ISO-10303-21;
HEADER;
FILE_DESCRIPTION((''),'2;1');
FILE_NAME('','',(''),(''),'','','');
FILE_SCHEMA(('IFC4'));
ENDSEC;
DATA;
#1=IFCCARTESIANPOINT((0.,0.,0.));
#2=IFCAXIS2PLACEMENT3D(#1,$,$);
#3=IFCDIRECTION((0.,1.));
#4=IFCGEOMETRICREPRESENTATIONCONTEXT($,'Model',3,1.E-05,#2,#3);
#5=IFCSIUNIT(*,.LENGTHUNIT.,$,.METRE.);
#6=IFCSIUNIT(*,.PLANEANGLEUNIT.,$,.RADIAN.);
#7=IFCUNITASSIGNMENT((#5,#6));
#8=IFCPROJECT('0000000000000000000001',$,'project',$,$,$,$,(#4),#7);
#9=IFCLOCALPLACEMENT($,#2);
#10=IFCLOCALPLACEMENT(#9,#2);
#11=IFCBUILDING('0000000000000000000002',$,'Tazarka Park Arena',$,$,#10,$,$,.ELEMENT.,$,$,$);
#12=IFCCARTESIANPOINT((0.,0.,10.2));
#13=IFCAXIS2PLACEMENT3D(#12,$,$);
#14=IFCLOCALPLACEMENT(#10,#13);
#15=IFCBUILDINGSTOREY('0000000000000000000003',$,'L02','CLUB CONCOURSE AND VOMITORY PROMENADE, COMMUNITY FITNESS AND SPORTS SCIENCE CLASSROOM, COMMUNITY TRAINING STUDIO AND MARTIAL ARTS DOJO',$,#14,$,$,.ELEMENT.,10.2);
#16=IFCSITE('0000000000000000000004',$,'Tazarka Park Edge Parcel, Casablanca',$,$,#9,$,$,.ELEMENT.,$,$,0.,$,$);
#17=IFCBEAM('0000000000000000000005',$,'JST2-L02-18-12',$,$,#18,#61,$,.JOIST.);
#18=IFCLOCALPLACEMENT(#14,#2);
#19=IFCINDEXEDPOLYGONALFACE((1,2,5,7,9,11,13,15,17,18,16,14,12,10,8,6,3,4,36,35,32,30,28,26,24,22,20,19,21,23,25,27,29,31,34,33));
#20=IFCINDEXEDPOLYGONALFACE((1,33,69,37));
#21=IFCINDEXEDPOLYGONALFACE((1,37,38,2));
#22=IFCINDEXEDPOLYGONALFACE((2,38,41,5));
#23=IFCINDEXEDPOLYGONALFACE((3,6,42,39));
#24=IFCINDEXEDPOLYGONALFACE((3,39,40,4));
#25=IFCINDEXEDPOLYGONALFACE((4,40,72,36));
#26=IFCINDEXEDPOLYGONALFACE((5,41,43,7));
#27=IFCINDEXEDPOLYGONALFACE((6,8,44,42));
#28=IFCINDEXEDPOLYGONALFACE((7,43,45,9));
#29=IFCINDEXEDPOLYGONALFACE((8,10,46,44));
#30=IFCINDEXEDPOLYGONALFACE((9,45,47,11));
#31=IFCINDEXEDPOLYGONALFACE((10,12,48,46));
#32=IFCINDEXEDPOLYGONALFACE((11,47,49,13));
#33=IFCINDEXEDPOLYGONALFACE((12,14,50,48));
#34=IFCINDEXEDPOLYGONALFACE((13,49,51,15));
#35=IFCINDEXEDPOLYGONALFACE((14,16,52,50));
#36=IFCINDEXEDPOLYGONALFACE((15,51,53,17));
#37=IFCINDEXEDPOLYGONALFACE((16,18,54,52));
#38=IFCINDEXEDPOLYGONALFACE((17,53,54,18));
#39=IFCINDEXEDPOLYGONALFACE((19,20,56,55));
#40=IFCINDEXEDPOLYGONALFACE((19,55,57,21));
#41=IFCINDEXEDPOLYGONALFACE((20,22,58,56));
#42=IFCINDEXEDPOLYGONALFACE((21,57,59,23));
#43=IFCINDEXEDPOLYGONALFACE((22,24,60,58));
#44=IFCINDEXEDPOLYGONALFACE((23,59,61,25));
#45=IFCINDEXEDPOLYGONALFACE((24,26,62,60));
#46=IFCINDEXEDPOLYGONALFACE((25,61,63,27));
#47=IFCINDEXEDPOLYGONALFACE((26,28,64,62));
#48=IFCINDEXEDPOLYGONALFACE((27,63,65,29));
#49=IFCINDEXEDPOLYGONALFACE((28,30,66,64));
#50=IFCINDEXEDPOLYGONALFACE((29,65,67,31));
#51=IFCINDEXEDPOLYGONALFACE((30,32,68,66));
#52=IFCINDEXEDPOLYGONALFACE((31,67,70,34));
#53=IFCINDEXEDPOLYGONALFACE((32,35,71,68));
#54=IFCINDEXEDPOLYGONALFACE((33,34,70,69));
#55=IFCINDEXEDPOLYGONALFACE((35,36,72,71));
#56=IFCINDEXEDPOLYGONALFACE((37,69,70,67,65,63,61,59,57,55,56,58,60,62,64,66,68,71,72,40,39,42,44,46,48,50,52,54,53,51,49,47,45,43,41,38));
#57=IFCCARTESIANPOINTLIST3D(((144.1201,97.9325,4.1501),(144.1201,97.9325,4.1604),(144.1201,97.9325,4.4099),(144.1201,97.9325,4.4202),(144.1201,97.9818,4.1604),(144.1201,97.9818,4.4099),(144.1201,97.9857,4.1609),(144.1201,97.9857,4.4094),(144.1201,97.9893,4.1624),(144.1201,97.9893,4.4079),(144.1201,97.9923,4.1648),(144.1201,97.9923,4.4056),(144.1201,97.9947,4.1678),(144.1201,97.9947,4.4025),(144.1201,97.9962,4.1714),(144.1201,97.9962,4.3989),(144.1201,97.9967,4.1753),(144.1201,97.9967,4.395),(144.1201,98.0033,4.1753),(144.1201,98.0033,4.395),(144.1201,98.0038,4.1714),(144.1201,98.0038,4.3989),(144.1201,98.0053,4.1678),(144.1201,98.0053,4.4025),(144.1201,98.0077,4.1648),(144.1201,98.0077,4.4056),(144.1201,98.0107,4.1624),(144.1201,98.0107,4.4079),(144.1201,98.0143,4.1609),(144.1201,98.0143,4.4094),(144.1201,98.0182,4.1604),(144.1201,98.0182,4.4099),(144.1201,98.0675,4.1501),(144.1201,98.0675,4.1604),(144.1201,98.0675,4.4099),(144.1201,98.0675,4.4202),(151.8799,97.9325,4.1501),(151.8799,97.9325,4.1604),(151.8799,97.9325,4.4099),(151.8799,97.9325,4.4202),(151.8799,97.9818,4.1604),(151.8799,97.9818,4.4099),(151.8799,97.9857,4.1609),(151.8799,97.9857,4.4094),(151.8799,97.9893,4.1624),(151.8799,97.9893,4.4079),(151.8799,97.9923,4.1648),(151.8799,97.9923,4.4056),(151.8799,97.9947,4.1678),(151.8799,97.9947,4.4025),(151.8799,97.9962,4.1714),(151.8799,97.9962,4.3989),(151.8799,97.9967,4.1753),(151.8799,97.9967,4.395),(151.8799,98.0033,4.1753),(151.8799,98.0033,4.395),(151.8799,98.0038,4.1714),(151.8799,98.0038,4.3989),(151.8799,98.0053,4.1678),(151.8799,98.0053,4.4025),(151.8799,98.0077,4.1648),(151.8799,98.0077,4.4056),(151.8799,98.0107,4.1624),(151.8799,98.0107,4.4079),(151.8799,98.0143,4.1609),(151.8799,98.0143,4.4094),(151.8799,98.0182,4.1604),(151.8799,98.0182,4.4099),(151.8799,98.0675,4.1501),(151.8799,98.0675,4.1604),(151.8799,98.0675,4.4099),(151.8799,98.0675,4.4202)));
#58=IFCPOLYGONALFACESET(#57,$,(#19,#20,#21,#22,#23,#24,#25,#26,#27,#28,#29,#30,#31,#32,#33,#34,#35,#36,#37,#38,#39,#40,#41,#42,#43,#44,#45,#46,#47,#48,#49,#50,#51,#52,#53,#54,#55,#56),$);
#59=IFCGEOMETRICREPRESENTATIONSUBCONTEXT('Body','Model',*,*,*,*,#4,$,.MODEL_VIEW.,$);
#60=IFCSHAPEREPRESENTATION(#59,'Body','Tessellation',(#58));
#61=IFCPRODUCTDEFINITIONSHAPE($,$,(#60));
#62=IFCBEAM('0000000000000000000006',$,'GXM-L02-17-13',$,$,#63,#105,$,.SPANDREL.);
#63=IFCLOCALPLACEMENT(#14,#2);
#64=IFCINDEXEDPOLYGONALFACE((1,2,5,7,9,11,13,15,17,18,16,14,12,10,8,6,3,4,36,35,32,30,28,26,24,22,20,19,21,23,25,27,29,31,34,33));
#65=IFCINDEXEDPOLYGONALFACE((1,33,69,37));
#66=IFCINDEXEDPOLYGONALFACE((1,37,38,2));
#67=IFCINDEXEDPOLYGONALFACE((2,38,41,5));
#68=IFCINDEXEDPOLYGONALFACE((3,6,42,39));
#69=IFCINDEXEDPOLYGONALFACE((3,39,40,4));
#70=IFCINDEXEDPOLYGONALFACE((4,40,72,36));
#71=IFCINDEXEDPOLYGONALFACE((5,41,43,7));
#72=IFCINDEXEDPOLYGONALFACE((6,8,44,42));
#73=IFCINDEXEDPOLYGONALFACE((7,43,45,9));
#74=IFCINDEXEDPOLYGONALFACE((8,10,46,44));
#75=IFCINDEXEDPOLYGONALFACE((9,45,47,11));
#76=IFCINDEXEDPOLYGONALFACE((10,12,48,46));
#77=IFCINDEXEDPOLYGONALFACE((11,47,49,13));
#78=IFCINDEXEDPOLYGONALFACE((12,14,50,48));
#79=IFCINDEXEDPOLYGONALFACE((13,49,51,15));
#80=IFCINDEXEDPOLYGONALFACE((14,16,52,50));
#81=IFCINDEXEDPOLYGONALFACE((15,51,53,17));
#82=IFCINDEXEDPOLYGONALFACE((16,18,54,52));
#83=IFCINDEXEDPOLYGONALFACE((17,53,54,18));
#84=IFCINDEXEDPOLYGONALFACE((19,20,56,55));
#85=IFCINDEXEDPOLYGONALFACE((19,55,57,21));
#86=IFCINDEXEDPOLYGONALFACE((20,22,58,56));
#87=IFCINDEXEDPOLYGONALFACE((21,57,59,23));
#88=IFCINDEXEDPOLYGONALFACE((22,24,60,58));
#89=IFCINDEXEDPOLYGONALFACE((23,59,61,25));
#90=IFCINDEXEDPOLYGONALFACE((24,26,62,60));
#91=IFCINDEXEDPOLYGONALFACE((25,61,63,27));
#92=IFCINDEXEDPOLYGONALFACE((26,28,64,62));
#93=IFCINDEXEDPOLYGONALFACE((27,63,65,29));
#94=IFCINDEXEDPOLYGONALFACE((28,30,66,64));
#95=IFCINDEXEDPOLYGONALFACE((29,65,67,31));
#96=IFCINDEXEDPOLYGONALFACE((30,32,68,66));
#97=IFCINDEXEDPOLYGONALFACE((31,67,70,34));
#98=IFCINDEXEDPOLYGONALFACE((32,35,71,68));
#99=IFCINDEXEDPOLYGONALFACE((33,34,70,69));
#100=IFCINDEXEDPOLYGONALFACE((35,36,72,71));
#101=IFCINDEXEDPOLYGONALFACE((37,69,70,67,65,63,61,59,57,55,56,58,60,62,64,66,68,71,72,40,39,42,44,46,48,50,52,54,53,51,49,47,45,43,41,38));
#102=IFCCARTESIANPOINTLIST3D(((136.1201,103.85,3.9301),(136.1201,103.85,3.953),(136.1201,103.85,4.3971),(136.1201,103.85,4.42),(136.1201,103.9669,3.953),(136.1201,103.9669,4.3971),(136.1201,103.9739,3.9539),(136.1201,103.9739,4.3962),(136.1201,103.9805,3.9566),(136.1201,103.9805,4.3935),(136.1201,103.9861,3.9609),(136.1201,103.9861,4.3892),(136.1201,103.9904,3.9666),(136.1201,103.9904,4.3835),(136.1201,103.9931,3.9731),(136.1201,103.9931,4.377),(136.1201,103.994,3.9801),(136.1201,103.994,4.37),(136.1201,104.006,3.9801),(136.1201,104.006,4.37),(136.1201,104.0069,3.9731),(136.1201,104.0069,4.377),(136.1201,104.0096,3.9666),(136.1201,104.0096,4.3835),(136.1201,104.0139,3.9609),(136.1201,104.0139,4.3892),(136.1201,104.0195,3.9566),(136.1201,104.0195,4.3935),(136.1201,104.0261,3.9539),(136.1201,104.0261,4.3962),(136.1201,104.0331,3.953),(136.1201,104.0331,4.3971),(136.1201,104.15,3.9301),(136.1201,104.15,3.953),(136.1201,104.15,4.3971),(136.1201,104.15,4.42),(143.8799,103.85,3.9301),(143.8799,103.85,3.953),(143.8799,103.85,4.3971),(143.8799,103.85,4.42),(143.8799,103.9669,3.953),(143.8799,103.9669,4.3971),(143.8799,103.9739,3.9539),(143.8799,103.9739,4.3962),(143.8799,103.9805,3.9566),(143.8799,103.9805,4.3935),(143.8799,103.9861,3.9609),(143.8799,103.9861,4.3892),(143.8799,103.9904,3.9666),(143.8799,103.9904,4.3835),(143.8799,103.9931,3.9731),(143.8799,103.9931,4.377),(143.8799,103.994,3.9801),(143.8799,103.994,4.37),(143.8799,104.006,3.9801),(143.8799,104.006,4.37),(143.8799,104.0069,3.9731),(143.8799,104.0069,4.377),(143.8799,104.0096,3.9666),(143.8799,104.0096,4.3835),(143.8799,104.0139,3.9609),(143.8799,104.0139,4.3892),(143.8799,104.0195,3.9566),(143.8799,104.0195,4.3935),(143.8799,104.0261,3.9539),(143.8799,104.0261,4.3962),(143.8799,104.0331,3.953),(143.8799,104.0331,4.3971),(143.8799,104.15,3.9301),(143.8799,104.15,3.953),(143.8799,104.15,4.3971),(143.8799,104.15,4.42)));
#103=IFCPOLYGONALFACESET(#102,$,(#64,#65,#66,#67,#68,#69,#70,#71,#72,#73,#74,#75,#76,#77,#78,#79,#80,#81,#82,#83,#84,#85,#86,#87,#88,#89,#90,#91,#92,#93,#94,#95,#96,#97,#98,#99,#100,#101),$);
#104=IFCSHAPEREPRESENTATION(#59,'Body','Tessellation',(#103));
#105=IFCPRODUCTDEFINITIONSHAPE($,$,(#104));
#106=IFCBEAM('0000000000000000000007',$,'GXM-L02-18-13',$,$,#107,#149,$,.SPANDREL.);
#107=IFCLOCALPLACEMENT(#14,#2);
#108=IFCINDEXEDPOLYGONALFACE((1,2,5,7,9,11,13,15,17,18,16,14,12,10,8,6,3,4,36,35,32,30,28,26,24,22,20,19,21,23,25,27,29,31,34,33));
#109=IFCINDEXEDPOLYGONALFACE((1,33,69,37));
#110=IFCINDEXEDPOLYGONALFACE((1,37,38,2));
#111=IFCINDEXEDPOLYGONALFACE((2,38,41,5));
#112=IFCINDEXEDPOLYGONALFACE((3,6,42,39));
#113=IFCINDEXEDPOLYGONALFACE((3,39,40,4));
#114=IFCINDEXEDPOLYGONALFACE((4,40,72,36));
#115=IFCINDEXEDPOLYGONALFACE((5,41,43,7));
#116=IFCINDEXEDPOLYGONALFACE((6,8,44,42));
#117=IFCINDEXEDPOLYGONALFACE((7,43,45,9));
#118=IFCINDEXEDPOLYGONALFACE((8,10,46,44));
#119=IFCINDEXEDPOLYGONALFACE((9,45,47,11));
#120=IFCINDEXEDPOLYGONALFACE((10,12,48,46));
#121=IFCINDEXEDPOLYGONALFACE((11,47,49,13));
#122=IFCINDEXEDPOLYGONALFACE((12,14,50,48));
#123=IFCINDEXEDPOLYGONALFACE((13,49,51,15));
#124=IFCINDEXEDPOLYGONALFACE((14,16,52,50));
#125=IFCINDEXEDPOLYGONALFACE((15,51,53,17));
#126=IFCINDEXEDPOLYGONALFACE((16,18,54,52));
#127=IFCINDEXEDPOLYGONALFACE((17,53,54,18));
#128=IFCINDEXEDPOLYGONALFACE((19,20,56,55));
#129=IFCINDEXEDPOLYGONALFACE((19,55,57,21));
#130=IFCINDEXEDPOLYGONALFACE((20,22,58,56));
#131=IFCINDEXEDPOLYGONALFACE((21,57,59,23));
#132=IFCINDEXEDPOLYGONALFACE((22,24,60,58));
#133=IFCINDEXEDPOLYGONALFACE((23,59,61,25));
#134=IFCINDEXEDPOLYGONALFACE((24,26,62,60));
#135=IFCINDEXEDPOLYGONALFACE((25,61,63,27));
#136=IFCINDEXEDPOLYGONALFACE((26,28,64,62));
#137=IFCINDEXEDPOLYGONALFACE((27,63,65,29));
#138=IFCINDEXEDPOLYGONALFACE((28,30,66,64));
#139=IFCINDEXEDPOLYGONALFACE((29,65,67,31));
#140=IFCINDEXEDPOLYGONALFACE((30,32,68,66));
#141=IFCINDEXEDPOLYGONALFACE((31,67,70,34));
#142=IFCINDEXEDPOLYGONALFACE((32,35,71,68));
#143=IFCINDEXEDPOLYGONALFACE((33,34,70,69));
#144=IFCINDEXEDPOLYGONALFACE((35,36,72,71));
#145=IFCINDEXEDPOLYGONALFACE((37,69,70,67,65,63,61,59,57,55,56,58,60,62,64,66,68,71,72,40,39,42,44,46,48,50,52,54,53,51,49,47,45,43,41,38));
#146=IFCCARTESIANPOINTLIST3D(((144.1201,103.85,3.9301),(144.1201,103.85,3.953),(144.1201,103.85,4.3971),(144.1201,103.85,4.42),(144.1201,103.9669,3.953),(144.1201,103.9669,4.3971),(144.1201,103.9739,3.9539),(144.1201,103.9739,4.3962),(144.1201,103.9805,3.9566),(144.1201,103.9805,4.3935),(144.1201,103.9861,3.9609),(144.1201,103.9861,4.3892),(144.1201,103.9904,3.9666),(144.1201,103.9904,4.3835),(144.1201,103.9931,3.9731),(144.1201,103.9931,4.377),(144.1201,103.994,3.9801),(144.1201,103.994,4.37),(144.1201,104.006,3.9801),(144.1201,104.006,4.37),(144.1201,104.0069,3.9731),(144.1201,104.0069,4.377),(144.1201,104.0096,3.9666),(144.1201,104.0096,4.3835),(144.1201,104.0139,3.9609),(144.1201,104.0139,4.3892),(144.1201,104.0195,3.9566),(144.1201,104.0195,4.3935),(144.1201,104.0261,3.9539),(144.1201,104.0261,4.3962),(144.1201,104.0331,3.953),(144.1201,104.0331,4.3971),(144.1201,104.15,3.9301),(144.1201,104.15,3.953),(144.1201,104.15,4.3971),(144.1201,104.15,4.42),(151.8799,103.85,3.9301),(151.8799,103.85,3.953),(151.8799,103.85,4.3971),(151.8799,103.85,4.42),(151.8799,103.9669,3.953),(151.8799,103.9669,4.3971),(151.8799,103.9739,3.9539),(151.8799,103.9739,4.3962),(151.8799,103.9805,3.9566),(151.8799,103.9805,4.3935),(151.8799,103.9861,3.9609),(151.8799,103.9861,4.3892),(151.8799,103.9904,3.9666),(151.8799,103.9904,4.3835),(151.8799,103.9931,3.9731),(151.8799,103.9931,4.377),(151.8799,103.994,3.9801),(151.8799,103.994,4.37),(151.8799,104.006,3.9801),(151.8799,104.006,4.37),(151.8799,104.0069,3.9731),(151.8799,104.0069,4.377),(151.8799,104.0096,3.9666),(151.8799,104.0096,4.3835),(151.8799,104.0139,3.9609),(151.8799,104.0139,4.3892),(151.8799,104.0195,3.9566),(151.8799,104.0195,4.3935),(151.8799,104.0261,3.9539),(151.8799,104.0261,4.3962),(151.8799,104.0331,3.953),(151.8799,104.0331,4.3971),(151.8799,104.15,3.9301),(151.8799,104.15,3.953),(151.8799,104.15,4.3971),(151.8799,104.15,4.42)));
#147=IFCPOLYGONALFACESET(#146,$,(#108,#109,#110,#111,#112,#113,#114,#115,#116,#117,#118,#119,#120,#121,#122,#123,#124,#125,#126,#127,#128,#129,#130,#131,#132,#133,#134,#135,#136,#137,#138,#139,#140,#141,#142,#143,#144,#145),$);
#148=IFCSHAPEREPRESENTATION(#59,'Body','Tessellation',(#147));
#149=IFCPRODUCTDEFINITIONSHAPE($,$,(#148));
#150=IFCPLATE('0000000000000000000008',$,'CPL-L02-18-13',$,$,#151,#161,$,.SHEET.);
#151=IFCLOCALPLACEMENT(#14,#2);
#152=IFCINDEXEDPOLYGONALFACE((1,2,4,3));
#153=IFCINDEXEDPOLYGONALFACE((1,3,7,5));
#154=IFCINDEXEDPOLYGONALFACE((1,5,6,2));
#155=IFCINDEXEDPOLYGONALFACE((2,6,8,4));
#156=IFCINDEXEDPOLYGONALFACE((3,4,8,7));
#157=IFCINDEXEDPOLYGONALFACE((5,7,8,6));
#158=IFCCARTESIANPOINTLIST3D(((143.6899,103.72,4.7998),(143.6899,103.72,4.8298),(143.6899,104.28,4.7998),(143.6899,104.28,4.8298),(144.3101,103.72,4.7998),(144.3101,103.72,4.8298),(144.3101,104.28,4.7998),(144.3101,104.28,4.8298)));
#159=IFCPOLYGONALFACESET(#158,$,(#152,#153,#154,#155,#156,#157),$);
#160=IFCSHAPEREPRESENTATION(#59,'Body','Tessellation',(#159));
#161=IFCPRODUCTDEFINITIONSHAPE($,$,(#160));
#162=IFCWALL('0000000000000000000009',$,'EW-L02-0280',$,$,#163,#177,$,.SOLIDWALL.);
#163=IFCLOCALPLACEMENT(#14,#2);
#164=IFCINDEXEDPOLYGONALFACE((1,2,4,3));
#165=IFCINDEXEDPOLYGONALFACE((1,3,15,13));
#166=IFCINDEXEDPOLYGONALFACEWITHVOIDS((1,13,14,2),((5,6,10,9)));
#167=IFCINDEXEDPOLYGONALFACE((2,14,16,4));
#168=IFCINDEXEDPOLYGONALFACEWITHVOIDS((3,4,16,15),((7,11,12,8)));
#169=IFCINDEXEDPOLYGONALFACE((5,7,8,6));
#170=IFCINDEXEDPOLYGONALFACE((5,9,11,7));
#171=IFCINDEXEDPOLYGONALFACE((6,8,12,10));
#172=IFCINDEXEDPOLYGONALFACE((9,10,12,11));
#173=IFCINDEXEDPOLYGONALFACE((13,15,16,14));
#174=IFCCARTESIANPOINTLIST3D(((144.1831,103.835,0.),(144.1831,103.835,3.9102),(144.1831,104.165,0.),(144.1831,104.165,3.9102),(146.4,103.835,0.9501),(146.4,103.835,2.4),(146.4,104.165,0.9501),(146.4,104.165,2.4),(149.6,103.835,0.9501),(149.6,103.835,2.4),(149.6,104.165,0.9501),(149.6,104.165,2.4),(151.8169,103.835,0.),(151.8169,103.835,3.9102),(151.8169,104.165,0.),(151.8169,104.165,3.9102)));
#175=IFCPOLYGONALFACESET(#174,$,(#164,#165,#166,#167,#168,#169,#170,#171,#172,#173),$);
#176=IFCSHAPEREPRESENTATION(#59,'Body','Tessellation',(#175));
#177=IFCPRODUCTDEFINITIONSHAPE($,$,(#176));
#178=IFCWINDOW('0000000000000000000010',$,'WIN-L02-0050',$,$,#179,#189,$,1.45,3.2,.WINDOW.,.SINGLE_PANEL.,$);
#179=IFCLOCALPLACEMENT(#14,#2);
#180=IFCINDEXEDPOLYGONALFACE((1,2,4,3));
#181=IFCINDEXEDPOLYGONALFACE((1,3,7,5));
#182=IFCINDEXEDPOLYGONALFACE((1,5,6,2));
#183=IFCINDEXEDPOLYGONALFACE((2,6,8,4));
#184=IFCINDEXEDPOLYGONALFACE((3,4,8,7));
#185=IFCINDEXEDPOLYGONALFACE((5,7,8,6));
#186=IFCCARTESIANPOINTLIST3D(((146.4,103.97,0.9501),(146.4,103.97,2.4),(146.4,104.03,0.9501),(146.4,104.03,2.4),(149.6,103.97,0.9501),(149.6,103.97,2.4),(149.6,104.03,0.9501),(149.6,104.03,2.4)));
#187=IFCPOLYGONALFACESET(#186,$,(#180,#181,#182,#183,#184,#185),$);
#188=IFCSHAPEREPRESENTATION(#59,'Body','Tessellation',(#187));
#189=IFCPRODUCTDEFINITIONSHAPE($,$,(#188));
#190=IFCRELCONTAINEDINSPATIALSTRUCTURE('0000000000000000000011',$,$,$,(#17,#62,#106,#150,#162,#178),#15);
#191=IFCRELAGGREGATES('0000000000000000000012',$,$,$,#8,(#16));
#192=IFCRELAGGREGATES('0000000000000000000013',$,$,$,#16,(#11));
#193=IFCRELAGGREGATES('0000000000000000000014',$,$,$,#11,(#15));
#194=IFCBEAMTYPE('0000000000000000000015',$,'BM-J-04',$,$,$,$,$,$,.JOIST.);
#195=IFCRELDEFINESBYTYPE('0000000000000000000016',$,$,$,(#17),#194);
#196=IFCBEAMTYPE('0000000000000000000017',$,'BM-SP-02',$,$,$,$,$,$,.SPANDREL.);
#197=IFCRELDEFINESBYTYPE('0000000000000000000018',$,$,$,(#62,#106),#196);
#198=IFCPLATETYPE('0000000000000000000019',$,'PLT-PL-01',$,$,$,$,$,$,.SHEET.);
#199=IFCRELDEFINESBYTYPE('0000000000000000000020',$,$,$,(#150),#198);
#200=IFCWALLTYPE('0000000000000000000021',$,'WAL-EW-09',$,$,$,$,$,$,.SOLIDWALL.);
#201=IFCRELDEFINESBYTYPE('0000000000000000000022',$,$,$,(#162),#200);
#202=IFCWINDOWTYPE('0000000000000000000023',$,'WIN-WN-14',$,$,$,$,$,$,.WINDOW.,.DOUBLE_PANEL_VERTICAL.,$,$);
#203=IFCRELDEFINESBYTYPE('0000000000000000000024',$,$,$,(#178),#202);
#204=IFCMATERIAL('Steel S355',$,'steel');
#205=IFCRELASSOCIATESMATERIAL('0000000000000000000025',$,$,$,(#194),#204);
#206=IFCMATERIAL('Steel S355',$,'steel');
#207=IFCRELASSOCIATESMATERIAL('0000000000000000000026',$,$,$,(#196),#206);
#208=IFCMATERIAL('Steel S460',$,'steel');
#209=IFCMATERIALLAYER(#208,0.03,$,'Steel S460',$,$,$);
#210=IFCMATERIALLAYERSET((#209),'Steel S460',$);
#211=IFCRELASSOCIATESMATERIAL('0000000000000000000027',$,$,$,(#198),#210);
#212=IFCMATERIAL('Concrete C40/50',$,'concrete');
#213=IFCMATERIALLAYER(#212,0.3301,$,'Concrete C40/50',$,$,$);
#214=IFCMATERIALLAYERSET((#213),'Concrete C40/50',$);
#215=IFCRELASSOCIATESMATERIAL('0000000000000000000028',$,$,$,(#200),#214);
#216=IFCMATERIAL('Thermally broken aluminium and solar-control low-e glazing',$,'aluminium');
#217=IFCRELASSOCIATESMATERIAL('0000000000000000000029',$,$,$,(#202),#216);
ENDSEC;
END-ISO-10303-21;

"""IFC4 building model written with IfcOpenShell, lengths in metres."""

from ifc_helpers import new_model, si_unit, direction, frame, frame_2d, origin, origin_2d, place, context, subcontext, project, spatial, rectangle, i_section, extrude, material, layer, layer_set, material_profile, profile_set, type_object, element, fill, save


model = new_model("IFC4")

# Units and contexts
model_context = context("Model", 3, precision=1e-05, world=origin(), true_north=direction((0.0, 1.0)))
body_context = subcontext(model_context, "Body", "Model", "MODEL_VIEW")
ifc_project = project(units=[si_unit("LENGTHUNIT", "METRE"), si_unit("PLANEANGLEUNIT", "RADIAN")], contexts=[model_context])

# Site, building, storey
site_placement = place(None, origin())
site = spatial("IfcSite", under=ifc_project, at=site_placement, Name="Tazarka Park Edge Parcel, Casablanca", CompositionType="ELEMENT", RefElevation=0.0)
building_placement = place(site_placement, origin())
building = spatial("IfcBuilding", under=site, at=building_placement, Name="Tazarka Park Arena", CompositionType="ELEMENT")
storey_placement = place(building_placement, frame((0.0, 0.0, 10.2)))
storey = spatial("IfcBuildingStorey", under=building, at=storey_placement, Name="L02", Description="CLUB CONCOURSE AND VOMITORY PROMENADE, COMMUNITY FITNESS AND SPORTS SCIENCE CLASSROOM, COMMUNITY TRAINING STUDIO AND MARTIAL ARTS DOJO", CompositionType="ELEMENT", Elevation=10.2)

# Beams
ifc_material_1 = material(Name="Steel S355", Category="steel")
ifc_material_profile_1 = material_profile(ifc_material_1, i_section(OverallWidth=0.135, OverallDepth=0.27, WebThickness=0.0066, FlangeThickness=0.0103, FilletRadius=0.0149, at=origin_2d()), Name="Steel S355")
ifc_profile_set_1 = profile_set([ifc_material_profile_1], Name="Steel S355")
beam_type_1 = type_object("IfcBeamType", Name="BM-J-04", PredefinedType="JOIST", material=ifc_profile_set_1)
beam_1_placement = place(storey_placement, frame((144.1201, 98.0, 4.2852), z_axis=(1.0, 0.0, 0.0), x_axis=(0.0, 1.0, 0.0)))
element("IfcBeam", 1, at=beam_1_placement, inside=storey, type_object=beam_type_1, Name="JST2-L02-18-12", PredefinedType="JOIST", context=body_context, shape_type="SweptSolid", body=[
    extrude(i_section(OverallWidth=0.135, OverallDepth=0.27, WebThickness=0.0066, FlangeThickness=0.0103, FilletRadius=0.0149, at=origin_2d()), origin(), (0.0, 0.0, 1.0), 7.7598),
])
ifc_material_2 = material(Name="Steel S355", Category="steel")
ifc_material_profile_2 = material_profile(ifc_material_2, i_section(OverallWidth=0.3, OverallDepth=0.49, WebThickness=0.012, FlangeThickness=0.0229, FilletRadius=0.0271, at=origin_2d()), Name="Steel S355")
ifc_profile_set_2 = profile_set([ifc_material_profile_2], Name="Steel S355")
beam_type_2 = type_object("IfcBeamType", Name="BM-SP-02", PredefinedType="SPANDREL", material=ifc_profile_set_2)
for number, where, z_axis, x_axis, name in (
    (2, (136.1201, 104.0, 4.175), (1.0, 0.0, 0.0), (0.0, 1.0, 0.0), "GXM-L02-17-13"),
    (3, (144.1201, 104.0, 4.175), (1.0, 0.0, 0.0), (0.0, 1.0, 0.0), "GXM-L02-18-13"),
):
    element("IfcBeam", number, at=place(storey_placement, frame(where, z_axis=z_axis, x_axis=x_axis)), inside=storey, type_object=beam_type_2, Name=name, PredefinedType="SPANDREL", context=body_context, shape_type="SweptSolid", body=[
        extrude(i_section(OverallWidth=0.3, OverallDepth=0.49, WebThickness=0.012, FlangeThickness=0.0229, FilletRadius=0.0271, at=origin_2d()), origin(), (0.0, 0.0, 1.0), 7.7598),
    ])

# Plate
ifc_material_3 = material(Name="Steel S460", Category="steel")
ifc_layer_1 = layer(ifc_material_3, 0.03, Name="Steel S460")
ifc_layer_set_1 = layer_set([ifc_layer_1], Name="Steel S460")
plate_type = type_object("IfcPlateType", Name="PLT-PL-01", PredefinedType="SHEET", material=ifc_layer_set_1)
plate_placement = place(storey_placement, frame((144.0, 104.0, 4.7998), z_axis=(0.0, 0.0, 1.0), x_axis=(1.0, 0.0, 0.0)))
element("IfcPlate", 4, at=plate_placement, inside=storey, type_object=plate_type, Name="CPL-L02-18-13", PredefinedType="SHEET", context=body_context, shape_type="SweptSolid", body=[
    extrude(rectangle(XDim=0.6201, YDim=0.5601, at=origin_2d()), origin(), (0.0, 0.0, 1.0), 0.03),
])

# Wall, opening, window
ifc_material_4 = material(Name="Concrete C40/50", Category="concrete")
ifc_layer_2 = layer(ifc_material_4, 0.3301, Name="Concrete C40/50")
ifc_layer_set_2 = layer_set([ifc_layer_2], Name="Concrete C40/50")
wall_type_1 = type_object("IfcWallType", Name="WAL-EW-09", PredefinedType="SOLIDWALL", material=ifc_layer_set_2)
wall_1_placement = place(storey_placement, frame((144.1831, 104.0, 0.0), z_axis=(0.0, 0.0, 1.0), x_axis=(1.0, 0.0, 0.0)))
wall_1 = element("IfcWall", 5, at=wall_1_placement, inside=storey, type_object=wall_type_1, Name="EW-L02-0280", PredefinedType="SOLIDWALL", context=body_context, shape_type="SweptSolid", body=[
    extrude(rectangle(XDim=7.6338, YDim=0.3301, at=frame_2d((3.8169, 0.0))), origin(), (0.0, 0.0, 1.0), 3.9102),
])
opening_1_placement = place(wall_1_placement, frame((2.2168, 0.0, 0.95)))
opening_1 = element("IfcOpeningElement", 6, at=opening_1_placement, cuts=wall_1, PredefinedType="OPENING", context=body_context, shape_type="SweptSolid", body=[
    extrude(rectangle(XDim=3.2, YDim=1.45, at=frame_2d((1.6001, 0.7251))), frame((0.0, 0.175, 0.0), z_axis=(0.0, -1.0, 0.0), x_axis=(1.0, 0.0, 0.0)), (0.0, 0.0, 1.0), 0.3501),
])
ifc_material_5 = material(Name="Thermally broken aluminium and solar-control low-e glazing", Category="aluminium")
window_type_1 = type_object("IfcWindowType", Name="WIN-WN-14", PartitioningType="DOUBLE_PANEL_VERTICAL", PredefinedType="WINDOW", material=ifc_material_5)
window_1_placement = place(opening_1_placement, origin())
window_1 = element("IfcWindow", 7, at=window_1_placement, inside=storey, type_object=window_type_1, Name="WIN-L02-0050", OverallHeight=1.45, OverallWidth=3.2, PartitioningType="SINGLE_PANEL", PredefinedType="WINDOW", context=body_context, shape_type="SweptSolid", body=[
    extrude(rectangle(XDim=3.2, YDim=1.45, at=frame_2d((1.6001, 0.7251))), frame((0.0, 0.03, 0.0), z_axis=(0.0, -1.0, 0.0), x_axis=(1.0, 0.0, 0.0)), (0.0, 0.0, 1.0), 0.0601),
])
fill(opening_1, window_1)

save(model, "model.ifc")
